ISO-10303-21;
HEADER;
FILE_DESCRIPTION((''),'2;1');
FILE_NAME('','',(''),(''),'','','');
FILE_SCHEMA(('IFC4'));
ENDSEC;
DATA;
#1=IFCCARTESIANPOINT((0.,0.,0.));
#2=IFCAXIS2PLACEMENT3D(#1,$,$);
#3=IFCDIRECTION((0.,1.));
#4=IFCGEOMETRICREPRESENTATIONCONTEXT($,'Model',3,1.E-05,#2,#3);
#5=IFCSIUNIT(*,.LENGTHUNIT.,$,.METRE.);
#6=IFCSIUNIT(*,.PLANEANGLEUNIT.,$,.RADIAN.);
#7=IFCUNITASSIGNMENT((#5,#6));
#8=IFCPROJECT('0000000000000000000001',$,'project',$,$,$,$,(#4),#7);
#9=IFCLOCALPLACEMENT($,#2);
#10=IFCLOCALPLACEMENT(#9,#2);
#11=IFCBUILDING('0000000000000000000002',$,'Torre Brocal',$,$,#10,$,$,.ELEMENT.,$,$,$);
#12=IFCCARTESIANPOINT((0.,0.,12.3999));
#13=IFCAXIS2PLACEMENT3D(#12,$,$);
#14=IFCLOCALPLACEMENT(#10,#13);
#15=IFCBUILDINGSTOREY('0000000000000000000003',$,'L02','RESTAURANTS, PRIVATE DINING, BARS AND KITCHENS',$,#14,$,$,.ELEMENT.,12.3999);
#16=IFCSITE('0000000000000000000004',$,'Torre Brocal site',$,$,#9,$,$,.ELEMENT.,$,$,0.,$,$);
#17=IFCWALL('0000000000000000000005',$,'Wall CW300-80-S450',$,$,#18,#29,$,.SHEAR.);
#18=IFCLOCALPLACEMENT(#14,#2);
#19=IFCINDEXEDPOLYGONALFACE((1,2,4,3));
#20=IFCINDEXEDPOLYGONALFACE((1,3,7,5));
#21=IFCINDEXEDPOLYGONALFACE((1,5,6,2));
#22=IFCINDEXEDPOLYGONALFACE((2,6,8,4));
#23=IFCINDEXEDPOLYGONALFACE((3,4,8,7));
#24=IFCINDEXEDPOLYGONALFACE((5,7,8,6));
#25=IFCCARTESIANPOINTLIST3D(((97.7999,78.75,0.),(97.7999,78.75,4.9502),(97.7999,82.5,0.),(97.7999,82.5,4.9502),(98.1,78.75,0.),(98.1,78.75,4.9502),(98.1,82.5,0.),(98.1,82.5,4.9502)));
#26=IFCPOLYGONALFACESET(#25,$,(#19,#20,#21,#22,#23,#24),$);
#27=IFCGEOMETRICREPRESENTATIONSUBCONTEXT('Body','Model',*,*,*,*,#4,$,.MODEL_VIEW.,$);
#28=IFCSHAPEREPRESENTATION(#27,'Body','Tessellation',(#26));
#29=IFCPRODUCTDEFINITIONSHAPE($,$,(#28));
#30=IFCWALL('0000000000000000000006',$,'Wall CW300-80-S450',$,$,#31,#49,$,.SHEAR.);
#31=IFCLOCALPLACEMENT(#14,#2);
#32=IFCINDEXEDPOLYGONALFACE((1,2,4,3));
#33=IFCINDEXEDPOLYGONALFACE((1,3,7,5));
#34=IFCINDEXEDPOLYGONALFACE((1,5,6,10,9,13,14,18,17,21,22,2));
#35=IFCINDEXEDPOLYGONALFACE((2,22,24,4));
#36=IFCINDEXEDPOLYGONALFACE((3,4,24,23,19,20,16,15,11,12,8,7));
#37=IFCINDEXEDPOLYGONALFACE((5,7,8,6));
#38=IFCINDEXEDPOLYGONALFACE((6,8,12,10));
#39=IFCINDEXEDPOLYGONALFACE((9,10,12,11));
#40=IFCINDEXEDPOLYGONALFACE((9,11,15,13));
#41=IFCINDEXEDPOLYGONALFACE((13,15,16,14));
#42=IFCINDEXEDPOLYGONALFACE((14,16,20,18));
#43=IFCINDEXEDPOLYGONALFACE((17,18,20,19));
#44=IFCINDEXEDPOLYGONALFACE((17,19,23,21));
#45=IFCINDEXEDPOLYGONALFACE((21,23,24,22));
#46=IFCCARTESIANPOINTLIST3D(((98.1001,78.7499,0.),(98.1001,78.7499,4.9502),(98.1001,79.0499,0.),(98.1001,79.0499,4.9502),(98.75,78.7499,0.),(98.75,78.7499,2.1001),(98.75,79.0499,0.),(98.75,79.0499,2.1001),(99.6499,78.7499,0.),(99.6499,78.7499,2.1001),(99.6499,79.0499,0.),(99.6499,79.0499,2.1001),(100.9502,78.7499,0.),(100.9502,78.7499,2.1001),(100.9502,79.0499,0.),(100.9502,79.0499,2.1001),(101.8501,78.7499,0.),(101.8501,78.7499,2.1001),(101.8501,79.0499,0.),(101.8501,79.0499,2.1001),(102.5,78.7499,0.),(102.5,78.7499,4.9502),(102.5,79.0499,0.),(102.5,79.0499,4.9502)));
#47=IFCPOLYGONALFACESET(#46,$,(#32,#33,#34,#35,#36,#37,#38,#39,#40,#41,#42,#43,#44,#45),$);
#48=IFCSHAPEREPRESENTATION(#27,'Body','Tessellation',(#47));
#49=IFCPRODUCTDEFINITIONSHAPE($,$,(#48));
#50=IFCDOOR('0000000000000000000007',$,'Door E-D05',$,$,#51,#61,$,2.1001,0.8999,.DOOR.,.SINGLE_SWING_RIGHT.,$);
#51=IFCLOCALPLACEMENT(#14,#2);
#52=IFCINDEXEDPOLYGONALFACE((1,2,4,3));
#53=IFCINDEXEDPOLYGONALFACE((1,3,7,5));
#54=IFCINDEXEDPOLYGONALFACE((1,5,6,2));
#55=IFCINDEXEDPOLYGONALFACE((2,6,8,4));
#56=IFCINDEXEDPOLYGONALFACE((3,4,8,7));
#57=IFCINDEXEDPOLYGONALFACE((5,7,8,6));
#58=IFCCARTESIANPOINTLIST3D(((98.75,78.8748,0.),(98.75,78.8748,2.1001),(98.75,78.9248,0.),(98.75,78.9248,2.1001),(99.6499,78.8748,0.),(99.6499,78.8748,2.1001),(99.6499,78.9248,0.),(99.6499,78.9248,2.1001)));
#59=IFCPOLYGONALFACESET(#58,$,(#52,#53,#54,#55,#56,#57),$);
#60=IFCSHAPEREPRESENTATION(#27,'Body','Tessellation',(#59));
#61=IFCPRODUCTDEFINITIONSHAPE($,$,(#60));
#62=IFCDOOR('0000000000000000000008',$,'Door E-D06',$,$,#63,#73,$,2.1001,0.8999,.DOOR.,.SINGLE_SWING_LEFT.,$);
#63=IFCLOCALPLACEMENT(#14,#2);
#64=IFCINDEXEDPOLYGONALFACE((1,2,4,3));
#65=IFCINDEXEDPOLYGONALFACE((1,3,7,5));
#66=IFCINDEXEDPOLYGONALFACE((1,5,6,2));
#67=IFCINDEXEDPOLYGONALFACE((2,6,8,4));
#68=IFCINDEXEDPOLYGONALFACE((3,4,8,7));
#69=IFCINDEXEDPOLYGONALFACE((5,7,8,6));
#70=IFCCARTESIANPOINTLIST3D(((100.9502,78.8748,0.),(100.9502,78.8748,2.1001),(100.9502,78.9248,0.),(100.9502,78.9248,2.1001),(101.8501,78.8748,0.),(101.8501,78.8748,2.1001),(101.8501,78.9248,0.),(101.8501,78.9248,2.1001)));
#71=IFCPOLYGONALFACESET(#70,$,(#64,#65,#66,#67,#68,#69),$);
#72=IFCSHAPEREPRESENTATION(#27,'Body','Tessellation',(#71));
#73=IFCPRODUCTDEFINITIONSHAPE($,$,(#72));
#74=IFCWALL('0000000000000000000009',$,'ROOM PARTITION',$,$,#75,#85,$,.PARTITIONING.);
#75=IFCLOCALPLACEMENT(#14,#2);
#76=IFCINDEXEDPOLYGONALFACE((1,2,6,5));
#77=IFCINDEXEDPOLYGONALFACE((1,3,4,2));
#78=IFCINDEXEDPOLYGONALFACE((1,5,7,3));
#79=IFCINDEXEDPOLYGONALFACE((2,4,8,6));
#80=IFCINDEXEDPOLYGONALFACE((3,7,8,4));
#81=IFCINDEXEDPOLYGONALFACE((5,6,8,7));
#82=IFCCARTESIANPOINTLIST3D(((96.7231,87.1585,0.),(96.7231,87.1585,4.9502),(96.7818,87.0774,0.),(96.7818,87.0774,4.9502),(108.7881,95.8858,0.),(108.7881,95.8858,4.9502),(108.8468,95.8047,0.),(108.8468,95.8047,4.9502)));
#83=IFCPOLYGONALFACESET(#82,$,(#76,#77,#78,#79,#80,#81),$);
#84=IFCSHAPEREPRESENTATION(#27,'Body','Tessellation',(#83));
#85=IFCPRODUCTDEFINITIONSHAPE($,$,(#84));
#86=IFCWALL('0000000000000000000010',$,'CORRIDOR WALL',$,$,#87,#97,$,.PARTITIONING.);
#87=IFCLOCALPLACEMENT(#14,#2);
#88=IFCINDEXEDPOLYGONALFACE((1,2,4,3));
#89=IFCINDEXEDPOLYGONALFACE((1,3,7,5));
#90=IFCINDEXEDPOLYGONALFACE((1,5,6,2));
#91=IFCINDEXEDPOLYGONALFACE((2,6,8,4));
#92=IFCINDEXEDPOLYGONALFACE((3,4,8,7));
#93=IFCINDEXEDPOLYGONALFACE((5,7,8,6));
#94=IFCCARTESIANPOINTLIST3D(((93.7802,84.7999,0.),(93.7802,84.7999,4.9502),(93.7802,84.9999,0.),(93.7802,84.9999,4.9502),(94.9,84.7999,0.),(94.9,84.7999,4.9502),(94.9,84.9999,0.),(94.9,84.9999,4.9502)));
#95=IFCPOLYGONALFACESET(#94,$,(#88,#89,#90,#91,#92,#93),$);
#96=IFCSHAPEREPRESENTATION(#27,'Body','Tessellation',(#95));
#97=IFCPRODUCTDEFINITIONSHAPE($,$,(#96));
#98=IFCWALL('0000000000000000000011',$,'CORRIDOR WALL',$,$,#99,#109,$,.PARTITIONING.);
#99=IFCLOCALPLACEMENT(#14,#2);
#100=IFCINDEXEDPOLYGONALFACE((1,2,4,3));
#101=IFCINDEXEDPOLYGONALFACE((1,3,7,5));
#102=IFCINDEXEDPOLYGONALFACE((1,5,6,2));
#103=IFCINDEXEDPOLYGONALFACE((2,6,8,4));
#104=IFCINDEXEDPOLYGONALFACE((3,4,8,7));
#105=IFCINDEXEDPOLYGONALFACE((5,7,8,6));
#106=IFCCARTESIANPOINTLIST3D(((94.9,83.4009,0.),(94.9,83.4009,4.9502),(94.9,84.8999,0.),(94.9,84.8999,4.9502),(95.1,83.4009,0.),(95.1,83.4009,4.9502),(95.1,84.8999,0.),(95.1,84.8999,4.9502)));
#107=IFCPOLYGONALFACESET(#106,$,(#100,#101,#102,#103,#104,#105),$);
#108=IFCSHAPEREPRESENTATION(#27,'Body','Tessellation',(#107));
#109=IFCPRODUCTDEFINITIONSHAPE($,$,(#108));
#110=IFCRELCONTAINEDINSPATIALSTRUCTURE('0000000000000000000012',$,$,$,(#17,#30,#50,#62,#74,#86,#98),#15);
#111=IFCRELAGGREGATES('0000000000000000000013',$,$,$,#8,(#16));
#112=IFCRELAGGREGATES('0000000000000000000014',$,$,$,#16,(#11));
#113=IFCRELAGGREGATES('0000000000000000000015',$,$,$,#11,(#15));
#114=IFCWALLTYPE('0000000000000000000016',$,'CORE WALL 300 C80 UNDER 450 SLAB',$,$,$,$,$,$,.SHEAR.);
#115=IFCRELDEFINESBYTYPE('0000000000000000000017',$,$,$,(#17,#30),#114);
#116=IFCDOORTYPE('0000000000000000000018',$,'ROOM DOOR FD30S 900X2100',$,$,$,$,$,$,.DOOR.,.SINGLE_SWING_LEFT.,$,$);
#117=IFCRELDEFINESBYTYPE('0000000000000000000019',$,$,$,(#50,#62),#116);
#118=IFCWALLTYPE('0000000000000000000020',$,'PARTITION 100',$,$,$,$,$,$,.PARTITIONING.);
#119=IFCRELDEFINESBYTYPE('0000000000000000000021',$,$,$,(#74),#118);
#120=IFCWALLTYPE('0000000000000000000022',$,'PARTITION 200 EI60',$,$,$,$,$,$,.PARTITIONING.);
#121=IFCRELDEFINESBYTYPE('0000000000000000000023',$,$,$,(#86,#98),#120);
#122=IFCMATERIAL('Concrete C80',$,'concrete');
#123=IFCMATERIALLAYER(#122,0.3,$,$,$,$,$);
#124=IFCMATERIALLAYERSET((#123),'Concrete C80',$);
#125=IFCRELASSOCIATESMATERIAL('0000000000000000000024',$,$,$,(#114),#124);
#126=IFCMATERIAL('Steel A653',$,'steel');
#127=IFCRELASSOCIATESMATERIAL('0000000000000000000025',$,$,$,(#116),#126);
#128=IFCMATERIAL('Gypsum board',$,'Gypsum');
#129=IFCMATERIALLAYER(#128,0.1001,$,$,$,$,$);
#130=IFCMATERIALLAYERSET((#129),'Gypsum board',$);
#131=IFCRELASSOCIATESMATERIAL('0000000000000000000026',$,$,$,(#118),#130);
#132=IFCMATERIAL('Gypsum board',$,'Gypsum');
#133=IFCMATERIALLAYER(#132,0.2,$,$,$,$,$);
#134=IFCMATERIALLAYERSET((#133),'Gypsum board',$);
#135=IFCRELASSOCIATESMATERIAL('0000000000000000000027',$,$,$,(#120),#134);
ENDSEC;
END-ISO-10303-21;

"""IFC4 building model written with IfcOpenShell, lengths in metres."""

from ifc_helpers import new_model, si_unit, direction, frame, frame_2d, origin, place, context, subcontext, project, spatial, rectangle, extrude, material, layer, layer_set, type_object, element, fill, save


model = new_model("IFC4")

# Units and contexts
model_context = context("Model", 3, precision=1e-05, world=origin(), true_north=direction((0.0, 1.0)))
body_context = subcontext(model_context, "Body", "Model", "MODEL_VIEW")
ifc_project = project(units=[si_unit("LENGTHUNIT", "METRE"), si_unit("PLANEANGLEUNIT", "RADIAN")], contexts=[model_context])

# Site, building, storey
site_placement = place(None, origin())
site = spatial("IfcSite", under=ifc_project, at=site_placement, Name="Torre Brocal site", CompositionType="ELEMENT", RefElevation=0.0)
building_placement = place(site_placement, origin())
building = spatial("IfcBuilding", under=site, at=building_placement, Name="Torre Brocal", CompositionType="ELEMENT")
storey_placement = place(building_placement, frame((0.0, 0.0, 12.3999)))
storey = spatial("IfcBuildingStorey", under=building, at=storey_placement, Name="L02", Description="RESTAURANTS, PRIVATE DINING, BARS AND KITCHENS", CompositionType="ELEMENT", Elevation=12.3999)

# Wall
ifc_material_1 = material(Name="Concrete C80", Category="concrete")
ifc_layer_1 = layer(ifc_material_1, 0.3)
ifc_layer_set_1 = layer_set([ifc_layer_1], Name="Concrete C80")
wall_type_1 = type_object("IfcWallType", Name="CORE WALL 300 C80 UNDER 450 SLAB", PredefinedType="SHEAR", material=ifc_layer_set_1)
wall_1_placement = place(storey_placement, frame((97.95, 78.75, 0.0), z_axis=(0.0, 0.0, 1.0), x_axis=(0.0, 1.0, 0.0)))
element("IfcWall", 1, at=wall_1_placement, inside=storey, type_object=wall_type_1, Name="Wall CW300-80-S450", PredefinedType="SHEAR", context=body_context, shape_type="SweptSolid", body=[
    extrude(rectangle(XDim=3.75, YDim=0.3, at=frame_2d((1.875, 0.0))), origin(), (0.0, 0.0, 1.0), 4.9502),
])

# Wall, openings, doors
wall_2_placement = place(storey_placement, frame((98.1001, 78.8999, 0.0), z_axis=(0.0, 0.0, 1.0), x_axis=(1.0, 0.0, 0.0)))
wall_2 = element("IfcWall", 2, at=wall_2_placement, inside=storey, type_object=wall_type_1, Name="Wall CW300-80-S450", PredefinedType="SHEAR", context=body_context, shape_type="SweptSolid", body=[
    extrude(rectangle(XDim=4.3999, YDim=0.3, at=frame_2d((2.2, 0.0))), origin(), (0.0, 0.0, 1.0), 4.9502),
])
opening_1_placement = place(wall_2_placement, frame((0.6499, 0.0, 0.0)))
opening_1 = element("IfcOpeningElement", 3, at=opening_1_placement, cuts=wall_2, PredefinedType="OPENING", context=body_context, shape_type="SweptSolid", body=[
    extrude(rectangle(XDim=0.8999, YDim=2.1001, at=frame_2d((0.45, 1.05))), frame((0.0, 0.1599, 0.0), z_axis=(0.0, -1.0, 0.0), x_axis=(1.0, 0.0, 0.0)), (0.0, 0.0, 1.0), 0.3201),
])
opening_2_placement = place(wall_2_placement, frame((2.8501, 0.0, 0.0)))
opening_2 = element("IfcOpeningElement", 4, at=opening_2_placement, cuts=wall_2, PredefinedType="OPENING", context=body_context, shape_type="SweptSolid", body=[
    extrude(rectangle(XDim=0.8999, YDim=2.1001, at=frame_2d((0.45, 1.05))), frame((0.0, 0.1599, 0.0), z_axis=(0.0, -1.0, 0.0), x_axis=(1.0, 0.0, 0.0)), (0.0, 0.0, 1.0), 0.3201),
])
ifc_material_2 = material(Name="Steel A653", Category="steel")
door_type_1 = type_object("IfcDoorType", Name="ROOM DOOR FD30S 900X2100", OperationType="SINGLE_SWING_LEFT", PredefinedType="DOOR", material=ifc_material_2)
door_1_placement = place(opening_1_placement, origin())
door_1 = element("IfcDoor", 5, at=door_1_placement, inside=storey, type_object=door_type_1, Name="Door E-D05", OperationType="SINGLE_SWING_RIGHT", OverallHeight=2.1001, OverallWidth=0.8999, PredefinedType="DOOR", context=body_context, shape_type="SweptSolid", body=[
    extrude(rectangle(XDim=0.8999, YDim=2.1001, at=frame_2d((0.45, 1.05))), frame((0.0, 0.0249, 0.0), z_axis=(0.0, -1.0, 0.0), x_axis=(1.0, 0.0, 0.0)), (0.0, 0.0, 1.0), 0.05),
])
fill(opening_1, door_1)
door_2_placement = place(opening_2_placement, origin())
door_2 = element("IfcDoor", 6, at=door_2_placement, inside=storey, type_object=door_type_1, Name="Door E-D06", OperationType="SINGLE_SWING_LEFT", OverallHeight=2.1001, OverallWidth=0.8999, PredefinedType="DOOR", context=body_context, shape_type="SweptSolid", body=[
    extrude(rectangle(XDim=0.8999, YDim=2.1001, at=frame_2d((0.45, 1.05))), frame((0.0, 0.0249, 0.0), z_axis=(0.0, -1.0, 0.0), x_axis=(1.0, 0.0, 0.0)), (0.0, 0.0, 1.0), 0.05),
])
fill(opening_2, door_2)

# Walls
ifc_material_3 = material(Name="Gypsum board", Category="Gypsum")
ifc_layer_2 = layer(ifc_material_3, 0.1001)
ifc_layer_set_2 = layer_set([ifc_layer_2], Name="Gypsum board")
wall_type_2 = type_object("IfcWallType", Name="PARTITION 100", PredefinedType="PARTITIONING", material=ifc_layer_set_2)
wall_3_placement = place(storey_placement, frame((96.7524, 87.1179, 0.0), z_axis=(0.0, 0.0, 1.0), x_axis=(0.810241, 0.586096, 0.0)))
element("IfcWall", 7, at=wall_3_placement, inside=storey, type_object=wall_type_2, Name="ROOM PARTITION", PredefinedType="PARTITIONING", context=body_context, shape_type="SweptSolid", body=[
    extrude(rectangle(XDim=14.8906, YDim=0.1001, at=frame_2d((7.4453, 0.0))), origin(), (0.0, 0.0, 1.0), 4.9502),
])
ifc_material_4 = material(Name="Gypsum board", Category="Gypsum")
ifc_layer_3 = layer(ifc_material_4, 0.2)
ifc_layer_set_3 = layer_set([ifc_layer_3], Name="Gypsum board")
wall_type_3 = type_object("IfcWallType", Name="PARTITION 200 EI60", PredefinedType="PARTITIONING", material=ifc_layer_set_3)
wall_4_placement = place(storey_placement, frame((93.78, 84.8999, 0.0), z_axis=(0.0, 0.0, 1.0), x_axis=(1.0, 0.0, 0.0)))
element("IfcWall", 8, at=wall_4_placement, inside=storey, type_object=wall_type_3, Name="CORRIDOR WALL", PredefinedType="PARTITIONING", context=body_context, shape_type="SweptSolid", body=[
    extrude(rectangle(XDim=1.1199, YDim=0.2, at=frame_2d((0.5601, 0.0))), origin(), (0.0, 0.0, 1.0), 4.9502),
])
wall_5_placement = place(storey_placement, frame((95.0, 83.4009, 0.0), z_axis=(0.0, 0.0, 1.0), x_axis=(0.0, 1.0, 0.0)))
element("IfcWall", 9, at=wall_5_placement, inside=storey, type_object=wall_type_3, Name="CORRIDOR WALL", PredefinedType="PARTITIONING", context=body_context, shape_type="SweptSolid", body=[
    extrude(rectangle(XDim=1.499, YDim=0.2, at=frame_2d((0.7495, 0.0))), origin(), (0.0, 0.0, 1.0), 4.9502),
])

save(model, "model.ifc")
